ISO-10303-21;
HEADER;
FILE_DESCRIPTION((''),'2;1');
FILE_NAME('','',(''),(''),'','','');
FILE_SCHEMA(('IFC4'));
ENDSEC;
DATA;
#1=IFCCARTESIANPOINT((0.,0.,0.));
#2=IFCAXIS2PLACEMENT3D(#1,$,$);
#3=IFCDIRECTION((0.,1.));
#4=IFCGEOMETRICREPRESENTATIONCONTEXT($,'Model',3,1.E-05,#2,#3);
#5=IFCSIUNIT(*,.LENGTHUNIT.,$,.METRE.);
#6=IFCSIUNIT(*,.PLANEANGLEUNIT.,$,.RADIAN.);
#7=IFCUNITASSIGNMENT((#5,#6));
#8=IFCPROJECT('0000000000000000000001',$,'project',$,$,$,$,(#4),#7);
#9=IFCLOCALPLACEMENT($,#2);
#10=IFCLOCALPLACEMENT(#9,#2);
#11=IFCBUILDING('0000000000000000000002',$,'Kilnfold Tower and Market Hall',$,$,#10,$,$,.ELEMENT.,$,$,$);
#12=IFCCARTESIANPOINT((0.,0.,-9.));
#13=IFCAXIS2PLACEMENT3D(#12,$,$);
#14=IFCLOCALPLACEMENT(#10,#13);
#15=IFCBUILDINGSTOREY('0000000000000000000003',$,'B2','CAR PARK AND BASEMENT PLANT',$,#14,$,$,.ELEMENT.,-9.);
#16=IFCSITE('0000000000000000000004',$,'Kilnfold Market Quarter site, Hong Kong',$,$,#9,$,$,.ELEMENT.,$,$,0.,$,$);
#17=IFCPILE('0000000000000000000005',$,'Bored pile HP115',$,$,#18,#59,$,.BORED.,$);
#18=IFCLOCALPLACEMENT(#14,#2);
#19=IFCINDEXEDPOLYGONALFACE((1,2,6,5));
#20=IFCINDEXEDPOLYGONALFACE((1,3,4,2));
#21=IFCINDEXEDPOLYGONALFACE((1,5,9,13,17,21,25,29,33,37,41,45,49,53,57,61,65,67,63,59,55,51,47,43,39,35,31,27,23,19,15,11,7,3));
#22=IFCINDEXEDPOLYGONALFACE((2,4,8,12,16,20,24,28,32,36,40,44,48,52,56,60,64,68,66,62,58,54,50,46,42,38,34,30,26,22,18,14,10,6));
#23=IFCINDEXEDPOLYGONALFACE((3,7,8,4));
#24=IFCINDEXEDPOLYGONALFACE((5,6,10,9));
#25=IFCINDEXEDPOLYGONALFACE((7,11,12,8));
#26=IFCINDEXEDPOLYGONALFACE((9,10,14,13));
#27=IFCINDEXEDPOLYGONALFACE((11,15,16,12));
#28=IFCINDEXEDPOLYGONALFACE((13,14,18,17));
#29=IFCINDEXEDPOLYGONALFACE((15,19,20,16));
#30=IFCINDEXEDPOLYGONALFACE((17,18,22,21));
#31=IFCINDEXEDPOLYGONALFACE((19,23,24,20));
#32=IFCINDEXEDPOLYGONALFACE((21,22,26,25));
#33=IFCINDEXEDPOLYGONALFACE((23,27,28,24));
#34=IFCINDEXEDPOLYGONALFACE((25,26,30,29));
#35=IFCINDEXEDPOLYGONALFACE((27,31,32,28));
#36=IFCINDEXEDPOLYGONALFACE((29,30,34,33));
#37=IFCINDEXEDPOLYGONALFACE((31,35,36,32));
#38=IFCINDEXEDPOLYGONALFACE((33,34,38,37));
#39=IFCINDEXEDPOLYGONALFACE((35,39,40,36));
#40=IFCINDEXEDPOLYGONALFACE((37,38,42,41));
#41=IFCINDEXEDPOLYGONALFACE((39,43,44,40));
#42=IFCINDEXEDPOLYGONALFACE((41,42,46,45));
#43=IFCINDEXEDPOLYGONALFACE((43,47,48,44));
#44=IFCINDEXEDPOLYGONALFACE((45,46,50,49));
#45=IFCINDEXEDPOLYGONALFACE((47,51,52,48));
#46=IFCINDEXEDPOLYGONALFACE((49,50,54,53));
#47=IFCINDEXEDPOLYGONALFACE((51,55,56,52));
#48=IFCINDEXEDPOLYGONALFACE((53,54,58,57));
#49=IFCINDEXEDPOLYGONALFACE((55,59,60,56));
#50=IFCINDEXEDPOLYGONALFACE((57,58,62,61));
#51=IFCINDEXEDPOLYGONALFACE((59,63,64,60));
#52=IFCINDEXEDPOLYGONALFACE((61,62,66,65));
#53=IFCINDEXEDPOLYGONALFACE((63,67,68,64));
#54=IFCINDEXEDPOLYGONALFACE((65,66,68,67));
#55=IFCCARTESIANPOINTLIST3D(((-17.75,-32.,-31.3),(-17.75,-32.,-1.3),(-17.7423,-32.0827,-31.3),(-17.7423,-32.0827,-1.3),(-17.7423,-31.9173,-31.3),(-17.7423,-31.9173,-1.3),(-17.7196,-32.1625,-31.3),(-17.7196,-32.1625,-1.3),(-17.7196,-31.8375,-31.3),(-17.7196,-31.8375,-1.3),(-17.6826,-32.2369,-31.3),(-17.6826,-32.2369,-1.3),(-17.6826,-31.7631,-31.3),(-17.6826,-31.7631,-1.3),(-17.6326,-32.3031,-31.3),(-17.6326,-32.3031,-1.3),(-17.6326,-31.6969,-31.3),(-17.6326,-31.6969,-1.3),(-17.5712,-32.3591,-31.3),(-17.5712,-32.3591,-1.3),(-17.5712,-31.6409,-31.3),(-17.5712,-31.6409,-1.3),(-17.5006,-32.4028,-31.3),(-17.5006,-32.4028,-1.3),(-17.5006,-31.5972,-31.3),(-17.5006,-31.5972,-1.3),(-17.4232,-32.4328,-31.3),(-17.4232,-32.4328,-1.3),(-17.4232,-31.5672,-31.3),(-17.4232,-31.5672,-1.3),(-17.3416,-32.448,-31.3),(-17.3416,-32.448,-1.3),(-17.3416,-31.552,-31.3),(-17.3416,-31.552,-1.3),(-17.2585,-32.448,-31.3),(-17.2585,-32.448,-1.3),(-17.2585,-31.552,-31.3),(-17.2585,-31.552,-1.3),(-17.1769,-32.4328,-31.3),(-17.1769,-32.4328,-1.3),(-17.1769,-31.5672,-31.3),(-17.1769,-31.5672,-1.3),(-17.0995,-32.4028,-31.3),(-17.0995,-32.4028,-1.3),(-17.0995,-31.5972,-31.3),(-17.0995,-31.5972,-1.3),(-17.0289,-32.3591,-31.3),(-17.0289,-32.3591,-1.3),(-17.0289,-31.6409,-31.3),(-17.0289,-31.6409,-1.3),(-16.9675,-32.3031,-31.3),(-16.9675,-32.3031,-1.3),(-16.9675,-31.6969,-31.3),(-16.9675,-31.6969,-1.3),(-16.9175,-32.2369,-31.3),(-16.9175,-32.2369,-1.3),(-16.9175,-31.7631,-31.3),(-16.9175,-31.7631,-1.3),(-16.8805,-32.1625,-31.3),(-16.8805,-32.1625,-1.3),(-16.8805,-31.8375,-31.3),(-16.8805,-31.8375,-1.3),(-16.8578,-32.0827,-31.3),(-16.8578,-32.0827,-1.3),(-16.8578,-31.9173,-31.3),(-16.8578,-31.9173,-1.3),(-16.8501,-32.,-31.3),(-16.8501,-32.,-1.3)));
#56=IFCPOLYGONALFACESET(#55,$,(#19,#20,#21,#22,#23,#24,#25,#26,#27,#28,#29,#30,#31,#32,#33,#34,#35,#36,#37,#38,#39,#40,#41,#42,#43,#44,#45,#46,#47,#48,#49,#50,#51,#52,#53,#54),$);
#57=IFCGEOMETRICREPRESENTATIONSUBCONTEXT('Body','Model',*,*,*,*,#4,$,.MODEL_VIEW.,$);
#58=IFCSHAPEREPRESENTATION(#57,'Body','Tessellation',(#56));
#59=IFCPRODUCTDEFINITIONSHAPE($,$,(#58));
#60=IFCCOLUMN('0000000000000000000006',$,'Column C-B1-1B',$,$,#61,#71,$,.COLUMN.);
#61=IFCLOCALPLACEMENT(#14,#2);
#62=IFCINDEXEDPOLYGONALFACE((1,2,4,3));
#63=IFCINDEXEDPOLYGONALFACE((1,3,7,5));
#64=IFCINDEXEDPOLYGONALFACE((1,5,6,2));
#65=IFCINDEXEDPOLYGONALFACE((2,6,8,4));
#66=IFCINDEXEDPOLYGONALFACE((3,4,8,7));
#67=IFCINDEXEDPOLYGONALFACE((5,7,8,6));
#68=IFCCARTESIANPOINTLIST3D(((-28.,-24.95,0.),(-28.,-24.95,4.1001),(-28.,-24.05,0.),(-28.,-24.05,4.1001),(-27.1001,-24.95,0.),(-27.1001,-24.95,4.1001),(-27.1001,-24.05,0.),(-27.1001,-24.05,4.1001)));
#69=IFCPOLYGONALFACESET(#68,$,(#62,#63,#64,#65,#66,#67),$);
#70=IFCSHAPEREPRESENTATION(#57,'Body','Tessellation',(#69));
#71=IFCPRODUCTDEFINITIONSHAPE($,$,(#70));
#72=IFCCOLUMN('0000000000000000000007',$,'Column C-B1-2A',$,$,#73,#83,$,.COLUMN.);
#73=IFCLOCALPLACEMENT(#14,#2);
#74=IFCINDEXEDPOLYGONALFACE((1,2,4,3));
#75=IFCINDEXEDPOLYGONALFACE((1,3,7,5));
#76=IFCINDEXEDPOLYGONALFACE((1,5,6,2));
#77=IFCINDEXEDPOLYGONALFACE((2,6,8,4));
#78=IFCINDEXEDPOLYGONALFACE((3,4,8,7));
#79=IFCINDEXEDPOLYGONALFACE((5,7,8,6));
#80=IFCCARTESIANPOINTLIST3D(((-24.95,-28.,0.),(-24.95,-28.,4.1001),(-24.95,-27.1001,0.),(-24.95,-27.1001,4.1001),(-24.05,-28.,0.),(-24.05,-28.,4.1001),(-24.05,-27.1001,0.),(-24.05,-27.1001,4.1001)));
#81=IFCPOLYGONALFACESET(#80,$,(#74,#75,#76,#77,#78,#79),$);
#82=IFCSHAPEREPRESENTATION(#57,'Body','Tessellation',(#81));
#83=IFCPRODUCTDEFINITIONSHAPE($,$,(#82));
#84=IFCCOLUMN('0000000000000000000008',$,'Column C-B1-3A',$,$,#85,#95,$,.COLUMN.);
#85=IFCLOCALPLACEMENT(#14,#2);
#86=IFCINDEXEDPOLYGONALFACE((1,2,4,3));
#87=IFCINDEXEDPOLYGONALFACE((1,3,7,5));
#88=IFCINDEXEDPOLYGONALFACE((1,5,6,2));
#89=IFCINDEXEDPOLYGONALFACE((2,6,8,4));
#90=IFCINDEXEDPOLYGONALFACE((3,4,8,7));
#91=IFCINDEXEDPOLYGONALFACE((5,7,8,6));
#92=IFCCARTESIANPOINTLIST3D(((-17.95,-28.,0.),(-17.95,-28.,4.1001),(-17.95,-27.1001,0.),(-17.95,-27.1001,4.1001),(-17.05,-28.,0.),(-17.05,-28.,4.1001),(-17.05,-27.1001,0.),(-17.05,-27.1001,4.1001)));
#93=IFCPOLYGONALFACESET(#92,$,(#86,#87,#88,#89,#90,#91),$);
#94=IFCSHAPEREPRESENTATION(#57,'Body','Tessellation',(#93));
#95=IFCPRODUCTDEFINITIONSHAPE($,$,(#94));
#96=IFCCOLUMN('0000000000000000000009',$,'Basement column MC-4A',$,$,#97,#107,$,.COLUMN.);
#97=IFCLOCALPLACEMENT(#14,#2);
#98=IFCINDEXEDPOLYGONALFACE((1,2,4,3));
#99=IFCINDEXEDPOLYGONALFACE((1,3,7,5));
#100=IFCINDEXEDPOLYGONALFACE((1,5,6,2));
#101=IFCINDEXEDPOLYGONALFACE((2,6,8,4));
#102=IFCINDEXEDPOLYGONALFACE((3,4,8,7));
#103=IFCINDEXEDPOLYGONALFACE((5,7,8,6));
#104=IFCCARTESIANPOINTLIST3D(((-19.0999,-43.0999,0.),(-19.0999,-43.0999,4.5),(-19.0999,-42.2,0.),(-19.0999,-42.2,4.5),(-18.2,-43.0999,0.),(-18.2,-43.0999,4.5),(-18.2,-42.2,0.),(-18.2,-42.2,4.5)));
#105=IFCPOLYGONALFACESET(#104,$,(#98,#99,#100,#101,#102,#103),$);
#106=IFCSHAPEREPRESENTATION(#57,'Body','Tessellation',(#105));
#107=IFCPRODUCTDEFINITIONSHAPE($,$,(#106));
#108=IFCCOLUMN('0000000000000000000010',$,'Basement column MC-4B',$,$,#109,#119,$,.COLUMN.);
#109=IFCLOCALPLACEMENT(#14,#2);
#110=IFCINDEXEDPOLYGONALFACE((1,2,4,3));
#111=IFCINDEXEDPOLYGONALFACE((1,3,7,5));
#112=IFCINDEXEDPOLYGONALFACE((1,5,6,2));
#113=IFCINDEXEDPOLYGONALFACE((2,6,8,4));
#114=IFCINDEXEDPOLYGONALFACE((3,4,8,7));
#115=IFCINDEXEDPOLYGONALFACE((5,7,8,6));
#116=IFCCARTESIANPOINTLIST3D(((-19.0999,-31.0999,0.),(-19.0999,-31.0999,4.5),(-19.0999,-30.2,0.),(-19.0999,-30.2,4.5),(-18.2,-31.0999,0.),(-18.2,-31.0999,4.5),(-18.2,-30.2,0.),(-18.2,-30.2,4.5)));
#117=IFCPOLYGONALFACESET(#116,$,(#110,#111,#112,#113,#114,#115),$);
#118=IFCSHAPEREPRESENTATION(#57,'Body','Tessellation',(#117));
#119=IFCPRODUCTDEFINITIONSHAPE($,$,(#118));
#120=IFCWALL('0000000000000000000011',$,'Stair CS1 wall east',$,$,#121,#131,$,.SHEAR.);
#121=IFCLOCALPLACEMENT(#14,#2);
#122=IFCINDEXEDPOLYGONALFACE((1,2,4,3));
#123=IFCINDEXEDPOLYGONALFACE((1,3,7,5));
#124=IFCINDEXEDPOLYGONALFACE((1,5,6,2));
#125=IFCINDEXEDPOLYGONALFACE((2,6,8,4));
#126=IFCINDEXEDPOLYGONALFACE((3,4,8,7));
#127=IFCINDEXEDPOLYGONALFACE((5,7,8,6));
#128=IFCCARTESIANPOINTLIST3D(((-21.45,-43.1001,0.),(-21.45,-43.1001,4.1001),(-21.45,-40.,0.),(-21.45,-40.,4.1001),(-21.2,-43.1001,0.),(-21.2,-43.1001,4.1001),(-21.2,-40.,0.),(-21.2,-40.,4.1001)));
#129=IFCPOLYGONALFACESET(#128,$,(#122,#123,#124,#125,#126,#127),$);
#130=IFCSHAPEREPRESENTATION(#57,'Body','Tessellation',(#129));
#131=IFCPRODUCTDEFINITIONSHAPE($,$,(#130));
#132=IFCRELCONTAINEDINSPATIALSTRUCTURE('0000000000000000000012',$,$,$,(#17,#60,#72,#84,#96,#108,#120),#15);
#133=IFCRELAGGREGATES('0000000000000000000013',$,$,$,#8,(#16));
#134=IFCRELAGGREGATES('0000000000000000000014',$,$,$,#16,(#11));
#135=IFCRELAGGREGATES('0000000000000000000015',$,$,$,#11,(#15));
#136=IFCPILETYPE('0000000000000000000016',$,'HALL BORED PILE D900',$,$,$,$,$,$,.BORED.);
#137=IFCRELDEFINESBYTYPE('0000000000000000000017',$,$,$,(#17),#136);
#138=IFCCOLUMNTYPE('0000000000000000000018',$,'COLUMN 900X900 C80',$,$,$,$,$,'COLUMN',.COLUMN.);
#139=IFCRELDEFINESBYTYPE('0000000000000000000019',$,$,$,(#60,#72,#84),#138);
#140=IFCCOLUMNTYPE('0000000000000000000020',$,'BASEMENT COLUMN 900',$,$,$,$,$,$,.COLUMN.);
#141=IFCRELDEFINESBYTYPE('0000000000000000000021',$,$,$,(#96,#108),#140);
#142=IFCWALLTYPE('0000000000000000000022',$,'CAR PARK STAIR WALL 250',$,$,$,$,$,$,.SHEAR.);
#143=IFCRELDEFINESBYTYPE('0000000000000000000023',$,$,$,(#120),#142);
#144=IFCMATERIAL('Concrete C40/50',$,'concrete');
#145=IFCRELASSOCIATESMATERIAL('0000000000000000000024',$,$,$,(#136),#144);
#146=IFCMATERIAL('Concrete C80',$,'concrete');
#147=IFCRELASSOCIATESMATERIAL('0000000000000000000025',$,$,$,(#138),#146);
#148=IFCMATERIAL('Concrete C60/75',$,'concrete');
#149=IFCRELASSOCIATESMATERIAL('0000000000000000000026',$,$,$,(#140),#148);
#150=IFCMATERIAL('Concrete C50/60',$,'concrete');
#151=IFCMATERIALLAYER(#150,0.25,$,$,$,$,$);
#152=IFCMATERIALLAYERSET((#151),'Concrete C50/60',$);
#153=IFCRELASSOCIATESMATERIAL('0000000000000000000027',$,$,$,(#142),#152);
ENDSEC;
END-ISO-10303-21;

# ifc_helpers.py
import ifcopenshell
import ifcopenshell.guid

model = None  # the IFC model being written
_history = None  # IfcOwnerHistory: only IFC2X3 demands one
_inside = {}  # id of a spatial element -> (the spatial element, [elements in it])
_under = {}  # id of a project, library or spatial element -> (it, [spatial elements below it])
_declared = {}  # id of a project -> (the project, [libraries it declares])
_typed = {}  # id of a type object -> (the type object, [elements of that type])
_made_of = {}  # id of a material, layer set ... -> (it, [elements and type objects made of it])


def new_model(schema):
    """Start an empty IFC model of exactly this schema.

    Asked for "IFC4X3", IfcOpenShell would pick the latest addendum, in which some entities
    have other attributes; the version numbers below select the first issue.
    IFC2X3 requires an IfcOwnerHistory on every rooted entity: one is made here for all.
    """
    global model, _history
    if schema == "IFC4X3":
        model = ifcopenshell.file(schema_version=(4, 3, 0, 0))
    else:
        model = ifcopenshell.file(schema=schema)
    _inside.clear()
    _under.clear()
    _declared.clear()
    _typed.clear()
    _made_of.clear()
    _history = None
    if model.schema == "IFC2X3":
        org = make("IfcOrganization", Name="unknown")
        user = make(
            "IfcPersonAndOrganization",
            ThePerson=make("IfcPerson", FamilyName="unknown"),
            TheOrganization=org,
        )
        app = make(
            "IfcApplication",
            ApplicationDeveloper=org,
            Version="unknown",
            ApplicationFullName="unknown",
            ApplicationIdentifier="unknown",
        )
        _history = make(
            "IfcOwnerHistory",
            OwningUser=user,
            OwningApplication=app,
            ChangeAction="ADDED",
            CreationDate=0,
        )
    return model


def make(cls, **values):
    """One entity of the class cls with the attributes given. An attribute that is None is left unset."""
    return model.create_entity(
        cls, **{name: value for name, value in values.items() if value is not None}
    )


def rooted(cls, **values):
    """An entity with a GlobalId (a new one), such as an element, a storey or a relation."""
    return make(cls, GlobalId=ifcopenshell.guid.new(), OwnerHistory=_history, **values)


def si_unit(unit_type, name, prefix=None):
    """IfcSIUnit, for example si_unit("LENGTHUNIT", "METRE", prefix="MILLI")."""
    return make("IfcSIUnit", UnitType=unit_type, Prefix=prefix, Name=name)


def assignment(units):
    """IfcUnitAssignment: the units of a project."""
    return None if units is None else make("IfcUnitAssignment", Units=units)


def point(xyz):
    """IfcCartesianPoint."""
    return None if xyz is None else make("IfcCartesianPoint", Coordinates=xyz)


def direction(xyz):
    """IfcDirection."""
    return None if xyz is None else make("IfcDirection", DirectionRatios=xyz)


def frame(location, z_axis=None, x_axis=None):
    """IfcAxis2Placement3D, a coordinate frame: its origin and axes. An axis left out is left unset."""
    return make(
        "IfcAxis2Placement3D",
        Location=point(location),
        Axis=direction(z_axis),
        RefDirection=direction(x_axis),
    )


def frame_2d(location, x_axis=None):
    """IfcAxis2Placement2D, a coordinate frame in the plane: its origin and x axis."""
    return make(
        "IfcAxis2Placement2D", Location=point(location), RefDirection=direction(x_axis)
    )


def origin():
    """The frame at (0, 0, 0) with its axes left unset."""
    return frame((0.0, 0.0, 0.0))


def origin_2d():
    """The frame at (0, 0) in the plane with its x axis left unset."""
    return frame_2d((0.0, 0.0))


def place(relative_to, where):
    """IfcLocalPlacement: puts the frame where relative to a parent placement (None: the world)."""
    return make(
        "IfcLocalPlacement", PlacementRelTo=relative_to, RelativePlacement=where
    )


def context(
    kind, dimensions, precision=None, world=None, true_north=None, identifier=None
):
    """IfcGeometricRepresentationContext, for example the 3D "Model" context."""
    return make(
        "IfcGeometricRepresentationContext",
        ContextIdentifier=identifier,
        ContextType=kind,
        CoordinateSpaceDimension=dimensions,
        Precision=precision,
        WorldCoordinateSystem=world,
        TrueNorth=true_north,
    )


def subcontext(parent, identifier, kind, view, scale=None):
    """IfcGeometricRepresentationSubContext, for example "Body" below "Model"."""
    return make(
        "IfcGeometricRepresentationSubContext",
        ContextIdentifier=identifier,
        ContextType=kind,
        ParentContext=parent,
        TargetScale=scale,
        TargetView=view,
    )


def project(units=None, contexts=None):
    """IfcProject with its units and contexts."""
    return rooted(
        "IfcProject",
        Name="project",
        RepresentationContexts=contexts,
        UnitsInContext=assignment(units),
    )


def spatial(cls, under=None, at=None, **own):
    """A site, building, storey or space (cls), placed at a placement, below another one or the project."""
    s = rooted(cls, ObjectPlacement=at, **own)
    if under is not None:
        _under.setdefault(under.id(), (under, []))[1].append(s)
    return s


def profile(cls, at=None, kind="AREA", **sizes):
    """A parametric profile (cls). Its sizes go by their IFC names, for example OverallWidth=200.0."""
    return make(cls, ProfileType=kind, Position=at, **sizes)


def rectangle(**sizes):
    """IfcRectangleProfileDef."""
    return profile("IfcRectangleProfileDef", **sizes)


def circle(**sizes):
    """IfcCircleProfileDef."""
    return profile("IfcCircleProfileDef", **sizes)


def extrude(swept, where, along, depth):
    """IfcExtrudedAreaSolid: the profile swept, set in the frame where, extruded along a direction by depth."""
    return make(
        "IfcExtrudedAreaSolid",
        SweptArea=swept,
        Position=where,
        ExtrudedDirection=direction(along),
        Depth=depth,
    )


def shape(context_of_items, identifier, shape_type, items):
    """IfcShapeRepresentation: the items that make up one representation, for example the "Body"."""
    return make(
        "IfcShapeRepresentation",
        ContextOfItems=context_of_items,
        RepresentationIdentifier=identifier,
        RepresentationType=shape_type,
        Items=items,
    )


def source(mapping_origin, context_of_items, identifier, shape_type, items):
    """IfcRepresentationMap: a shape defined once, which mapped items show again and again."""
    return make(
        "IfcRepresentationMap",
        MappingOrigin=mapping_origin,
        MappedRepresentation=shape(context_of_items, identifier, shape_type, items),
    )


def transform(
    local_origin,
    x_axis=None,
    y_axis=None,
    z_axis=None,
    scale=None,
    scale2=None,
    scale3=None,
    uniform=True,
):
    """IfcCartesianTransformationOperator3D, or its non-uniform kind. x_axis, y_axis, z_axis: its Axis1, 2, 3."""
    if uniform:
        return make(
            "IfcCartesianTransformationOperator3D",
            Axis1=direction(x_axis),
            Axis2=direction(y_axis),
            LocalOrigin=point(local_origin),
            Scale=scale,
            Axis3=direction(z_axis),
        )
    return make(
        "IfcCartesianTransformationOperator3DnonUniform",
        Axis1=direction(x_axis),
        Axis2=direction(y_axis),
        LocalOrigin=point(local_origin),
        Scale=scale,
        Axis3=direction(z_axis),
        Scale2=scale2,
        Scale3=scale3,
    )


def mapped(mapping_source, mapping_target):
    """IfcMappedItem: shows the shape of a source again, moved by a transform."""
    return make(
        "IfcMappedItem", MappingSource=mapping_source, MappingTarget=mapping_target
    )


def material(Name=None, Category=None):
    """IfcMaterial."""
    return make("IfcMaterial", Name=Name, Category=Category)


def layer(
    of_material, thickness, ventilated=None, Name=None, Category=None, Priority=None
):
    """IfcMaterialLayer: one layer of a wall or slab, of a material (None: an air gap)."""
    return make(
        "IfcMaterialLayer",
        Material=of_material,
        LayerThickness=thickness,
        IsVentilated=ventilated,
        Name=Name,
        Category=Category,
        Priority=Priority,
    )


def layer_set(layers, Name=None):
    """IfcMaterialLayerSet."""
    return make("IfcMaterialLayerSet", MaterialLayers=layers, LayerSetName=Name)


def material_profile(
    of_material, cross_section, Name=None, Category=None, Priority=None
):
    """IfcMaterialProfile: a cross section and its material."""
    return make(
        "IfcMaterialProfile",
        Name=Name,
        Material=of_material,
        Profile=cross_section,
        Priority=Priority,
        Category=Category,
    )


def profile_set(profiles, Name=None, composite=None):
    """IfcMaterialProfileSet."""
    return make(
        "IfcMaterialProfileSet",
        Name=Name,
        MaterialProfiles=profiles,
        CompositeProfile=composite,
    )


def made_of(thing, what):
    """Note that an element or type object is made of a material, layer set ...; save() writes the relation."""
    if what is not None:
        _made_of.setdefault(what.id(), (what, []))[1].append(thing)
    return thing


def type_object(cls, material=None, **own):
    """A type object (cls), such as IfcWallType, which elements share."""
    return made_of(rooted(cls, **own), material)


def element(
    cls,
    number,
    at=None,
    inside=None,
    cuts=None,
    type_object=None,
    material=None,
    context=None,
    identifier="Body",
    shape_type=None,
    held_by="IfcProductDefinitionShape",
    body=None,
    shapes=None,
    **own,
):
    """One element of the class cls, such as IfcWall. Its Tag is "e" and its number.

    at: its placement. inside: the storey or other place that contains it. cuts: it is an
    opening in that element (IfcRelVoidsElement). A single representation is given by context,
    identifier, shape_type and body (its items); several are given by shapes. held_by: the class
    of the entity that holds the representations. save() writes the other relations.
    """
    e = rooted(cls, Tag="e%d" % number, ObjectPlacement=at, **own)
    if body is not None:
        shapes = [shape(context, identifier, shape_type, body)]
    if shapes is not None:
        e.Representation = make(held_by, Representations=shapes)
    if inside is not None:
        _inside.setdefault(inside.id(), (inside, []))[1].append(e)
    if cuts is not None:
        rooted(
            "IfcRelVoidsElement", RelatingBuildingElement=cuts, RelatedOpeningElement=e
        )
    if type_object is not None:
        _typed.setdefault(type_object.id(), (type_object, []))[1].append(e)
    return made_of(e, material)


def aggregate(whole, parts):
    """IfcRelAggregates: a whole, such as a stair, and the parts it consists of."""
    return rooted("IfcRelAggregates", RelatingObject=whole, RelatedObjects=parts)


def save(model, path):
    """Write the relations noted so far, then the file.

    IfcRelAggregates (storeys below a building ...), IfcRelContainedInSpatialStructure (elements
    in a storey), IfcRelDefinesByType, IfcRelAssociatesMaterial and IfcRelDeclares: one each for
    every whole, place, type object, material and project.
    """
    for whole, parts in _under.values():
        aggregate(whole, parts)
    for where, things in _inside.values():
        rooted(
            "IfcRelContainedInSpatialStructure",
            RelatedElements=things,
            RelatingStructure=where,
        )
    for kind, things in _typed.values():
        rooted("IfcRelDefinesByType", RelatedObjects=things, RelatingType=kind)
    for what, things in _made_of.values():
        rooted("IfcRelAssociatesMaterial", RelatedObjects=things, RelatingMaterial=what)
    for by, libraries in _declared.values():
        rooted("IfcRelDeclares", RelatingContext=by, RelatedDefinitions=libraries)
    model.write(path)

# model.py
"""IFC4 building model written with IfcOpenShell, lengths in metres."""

from ifc_helpers import new_model, si_unit, direction, frame, frame_2d, origin, origin_2d, place, context, subcontext, project, spatial, rectangle, circle, extrude, source, transform, mapped, material, layer, layer_set, material_profile, profile_set, type_object, element, save


model = new_model("IFC4")

# Units and contexts
model_context = context("Model", 3, precision=1e-05, world=origin(), true_north=direction((0.0, 1.0)))
body_context = subcontext(model_context, "Body", "Model", "MODEL_VIEW")
ifc_project = project(units=[si_unit("LENGTHUNIT", "METRE"), si_unit("PLANEANGLEUNIT", "RADIAN")], contexts=[model_context])

# Site, building, storey
site_placement = place(None, origin())
site = spatial("IfcSite", under=ifc_project, at=site_placement, Name="Kilnfold Market Quarter site, Hong Kong", CompositionType="ELEMENT", RefElevation=0.0)
building_placement = place(site_placement, origin())
building = spatial("IfcBuilding", under=site, at=building_placement, Name="Kilnfold Tower and Market Hall", CompositionType="ELEMENT")
storey_placement = place(building_placement, frame((0.0, 0.0, -9.0)))
storey = spatial("IfcBuildingStorey", under=building, at=storey_placement, Name="B2", Description="CAR PARK AND BASEMENT PLANT", CompositionType="ELEMENT", Elevation=-9.0)

# Pile
ifc_material_1 = material(Name="Concrete C40/50", Category="concrete")
ifc_material_profile_1 = material_profile(ifc_material_1, circle(Radius=0.45, at=origin_2d()), Name="D900")
ifc_profile_set_1 = profile_set([ifc_material_profile_1], Name="Concrete C40/50")
pile_type_1 = type_object("IfcPileType", Name="HALL BORED PILE D900", PredefinedType="BORED", material=ifc_profile_set_1)
shared_shape_1 = source(origin(), body_context, "Body", "SweptSolid", [
    extrude(circle(Radius=0.45, at=origin_2d()), origin(), (0.0, 0.0, 1.0), 30.0),
])
for number, where, z_axis, x_axis, name in (
    (1, (-17.3, -32.0, -1.3), (0.0, 0.0, -1.0), (1.0, 0.0, 0.0), "Bored pile HP115"),
):
    element("IfcPile", number, at=place(storey_placement, frame(where, z_axis=z_axis, x_axis=x_axis)), inside=storey, type_object=pile_type_1, Name=name, PredefinedType="BORED", context=body_context, shape_type="MappedRepresentation", body=[
        mapped(shared_shape_1, transform((0.0, 0.0, 0.0))),
    ])

# Columns
ifc_material_2 = material(Name="Concrete C80", Category="concrete")
ifc_material_profile_2 = material_profile(ifc_material_2, rectangle(XDim=0.8999, YDim=0.8999, at=origin_2d()), Name="RC 900x900")
ifc_profile_set_2 = profile_set([ifc_material_profile_2], Name="Concrete C80")
column_type_1 = type_object("IfcColumnType", Name="COLUMN 900X900 C80", ElementType="COLUMN", PredefinedType="COLUMN", material=ifc_profile_set_2)
shared_shape_2 = source(origin(), body_context, "Body", "SweptSolid", [
    extrude(rectangle(XDim=0.8999, YDim=0.8999, at=origin_2d()), origin(), (0.0, 0.0, 1.0), 4.1001),
])
for number, where, z_axis, x_axis, name in (
    (2, (-27.55, -24.5, 0.0), (0.0, 0.0, 1.0), (1.0, 0.0, 0.0), "Column C-B1-1B"),
    (3, (-24.5, -27.55, 0.0), (0.0, 0.0, 1.0), (1.0, 0.0, 0.0), "Column C-B1-2A"),
    (4, (-17.5, -27.55, 0.0), (0.0, 0.0, 1.0), (1.0, 0.0, 0.0), "Column C-B1-3A"),
):
    element("IfcColumn", number, at=place(storey_placement, frame(where, z_axis=z_axis, x_axis=x_axis)), inside=storey, type_object=column_type_1, Name=name, PredefinedType="COLUMN", context=body_context, shape_type="MappedRepresentation", body=[
        mapped(shared_shape_2, transform((0.0, 0.0, 0.0))),
    ])
ifc_material_3 = material(Name="Concrete C60/75", Category="concrete")
ifc_material_profile_3 = material_profile(ifc_material_3, rectangle(XDim=0.8999, YDim=0.8999, at=origin_2d()), Name="RC 900x900")
ifc_profile_set_3 = profile_set([ifc_material_profile_3], Name="Concrete C60/75")
column_type_2 = type_object("IfcColumnType", Name="BASEMENT COLUMN 900", PredefinedType="COLUMN", material=ifc_profile_set_3)
shared_shape_3 = source(origin(), body_context, "Body", "SweptSolid", [
    extrude(rectangle(XDim=0.8999, YDim=0.8999, at=origin_2d()), origin(), (0.0, 0.0, 1.0), 4.5),
])
for number, where, z_axis, x_axis, name in (
    (5, (-18.6499, -42.6499, 0.0), (0.0, 0.0, 1.0), (1.0, 0.0, 0.0), "Basement column MC-4A"),
    (6, (-18.6499, -30.6499, 0.0), (0.0, 0.0, 1.0), (1.0, 0.0, 0.0), "Basement column MC-4B"),
):
    element("IfcColumn", number, at=place(storey_placement, frame(where, z_axis=z_axis, x_axis=x_axis)), inside=storey, type_object=column_type_2, Name=name, PredefinedType="COLUMN", context=body_context, shape_type="MappedRepresentation", body=[
        mapped(shared_shape_3, transform((0.0, 0.0, 0.0))),
    ])

# Wall
ifc_material_4 = material(Name="Concrete C50/60", Category="concrete")
ifc_layer = layer(ifc_material_4, 0.25)
ifc_layer_set = layer_set([ifc_layer], Name="Concrete C50/60")
wall_type = type_object("IfcWallType", Name="CAR PARK STAIR WALL 250", PredefinedType="SHEAR", material=ifc_layer_set)
shared_shape_4 = source(origin(), body_context, "Body", "SweptSolid", [
    extrude(rectangle(XDim=3.1001, YDim=0.25, at=frame_2d((1.55, 0.0))), origin(), (0.0, 0.0, 1.0), 4.1001),
])
wall_placement = place(storey_placement, frame((-21.325, -43.1001, 0.0), z_axis=(0.0, 0.0, 1.0), x_axis=(0.0, 1.0, 0.0)))
element("IfcWall", 7, at=wall_placement, inside=storey, type_object=wall_type, Name="Stair CS1 wall east", PredefinedType="SHEAR", context=body_context, shape_type="MappedRepresentation", body=[
    mapped(shared_shape_4, transform((0.0, 0.0, 0.0))),
])

save(model, "model.ifc")
